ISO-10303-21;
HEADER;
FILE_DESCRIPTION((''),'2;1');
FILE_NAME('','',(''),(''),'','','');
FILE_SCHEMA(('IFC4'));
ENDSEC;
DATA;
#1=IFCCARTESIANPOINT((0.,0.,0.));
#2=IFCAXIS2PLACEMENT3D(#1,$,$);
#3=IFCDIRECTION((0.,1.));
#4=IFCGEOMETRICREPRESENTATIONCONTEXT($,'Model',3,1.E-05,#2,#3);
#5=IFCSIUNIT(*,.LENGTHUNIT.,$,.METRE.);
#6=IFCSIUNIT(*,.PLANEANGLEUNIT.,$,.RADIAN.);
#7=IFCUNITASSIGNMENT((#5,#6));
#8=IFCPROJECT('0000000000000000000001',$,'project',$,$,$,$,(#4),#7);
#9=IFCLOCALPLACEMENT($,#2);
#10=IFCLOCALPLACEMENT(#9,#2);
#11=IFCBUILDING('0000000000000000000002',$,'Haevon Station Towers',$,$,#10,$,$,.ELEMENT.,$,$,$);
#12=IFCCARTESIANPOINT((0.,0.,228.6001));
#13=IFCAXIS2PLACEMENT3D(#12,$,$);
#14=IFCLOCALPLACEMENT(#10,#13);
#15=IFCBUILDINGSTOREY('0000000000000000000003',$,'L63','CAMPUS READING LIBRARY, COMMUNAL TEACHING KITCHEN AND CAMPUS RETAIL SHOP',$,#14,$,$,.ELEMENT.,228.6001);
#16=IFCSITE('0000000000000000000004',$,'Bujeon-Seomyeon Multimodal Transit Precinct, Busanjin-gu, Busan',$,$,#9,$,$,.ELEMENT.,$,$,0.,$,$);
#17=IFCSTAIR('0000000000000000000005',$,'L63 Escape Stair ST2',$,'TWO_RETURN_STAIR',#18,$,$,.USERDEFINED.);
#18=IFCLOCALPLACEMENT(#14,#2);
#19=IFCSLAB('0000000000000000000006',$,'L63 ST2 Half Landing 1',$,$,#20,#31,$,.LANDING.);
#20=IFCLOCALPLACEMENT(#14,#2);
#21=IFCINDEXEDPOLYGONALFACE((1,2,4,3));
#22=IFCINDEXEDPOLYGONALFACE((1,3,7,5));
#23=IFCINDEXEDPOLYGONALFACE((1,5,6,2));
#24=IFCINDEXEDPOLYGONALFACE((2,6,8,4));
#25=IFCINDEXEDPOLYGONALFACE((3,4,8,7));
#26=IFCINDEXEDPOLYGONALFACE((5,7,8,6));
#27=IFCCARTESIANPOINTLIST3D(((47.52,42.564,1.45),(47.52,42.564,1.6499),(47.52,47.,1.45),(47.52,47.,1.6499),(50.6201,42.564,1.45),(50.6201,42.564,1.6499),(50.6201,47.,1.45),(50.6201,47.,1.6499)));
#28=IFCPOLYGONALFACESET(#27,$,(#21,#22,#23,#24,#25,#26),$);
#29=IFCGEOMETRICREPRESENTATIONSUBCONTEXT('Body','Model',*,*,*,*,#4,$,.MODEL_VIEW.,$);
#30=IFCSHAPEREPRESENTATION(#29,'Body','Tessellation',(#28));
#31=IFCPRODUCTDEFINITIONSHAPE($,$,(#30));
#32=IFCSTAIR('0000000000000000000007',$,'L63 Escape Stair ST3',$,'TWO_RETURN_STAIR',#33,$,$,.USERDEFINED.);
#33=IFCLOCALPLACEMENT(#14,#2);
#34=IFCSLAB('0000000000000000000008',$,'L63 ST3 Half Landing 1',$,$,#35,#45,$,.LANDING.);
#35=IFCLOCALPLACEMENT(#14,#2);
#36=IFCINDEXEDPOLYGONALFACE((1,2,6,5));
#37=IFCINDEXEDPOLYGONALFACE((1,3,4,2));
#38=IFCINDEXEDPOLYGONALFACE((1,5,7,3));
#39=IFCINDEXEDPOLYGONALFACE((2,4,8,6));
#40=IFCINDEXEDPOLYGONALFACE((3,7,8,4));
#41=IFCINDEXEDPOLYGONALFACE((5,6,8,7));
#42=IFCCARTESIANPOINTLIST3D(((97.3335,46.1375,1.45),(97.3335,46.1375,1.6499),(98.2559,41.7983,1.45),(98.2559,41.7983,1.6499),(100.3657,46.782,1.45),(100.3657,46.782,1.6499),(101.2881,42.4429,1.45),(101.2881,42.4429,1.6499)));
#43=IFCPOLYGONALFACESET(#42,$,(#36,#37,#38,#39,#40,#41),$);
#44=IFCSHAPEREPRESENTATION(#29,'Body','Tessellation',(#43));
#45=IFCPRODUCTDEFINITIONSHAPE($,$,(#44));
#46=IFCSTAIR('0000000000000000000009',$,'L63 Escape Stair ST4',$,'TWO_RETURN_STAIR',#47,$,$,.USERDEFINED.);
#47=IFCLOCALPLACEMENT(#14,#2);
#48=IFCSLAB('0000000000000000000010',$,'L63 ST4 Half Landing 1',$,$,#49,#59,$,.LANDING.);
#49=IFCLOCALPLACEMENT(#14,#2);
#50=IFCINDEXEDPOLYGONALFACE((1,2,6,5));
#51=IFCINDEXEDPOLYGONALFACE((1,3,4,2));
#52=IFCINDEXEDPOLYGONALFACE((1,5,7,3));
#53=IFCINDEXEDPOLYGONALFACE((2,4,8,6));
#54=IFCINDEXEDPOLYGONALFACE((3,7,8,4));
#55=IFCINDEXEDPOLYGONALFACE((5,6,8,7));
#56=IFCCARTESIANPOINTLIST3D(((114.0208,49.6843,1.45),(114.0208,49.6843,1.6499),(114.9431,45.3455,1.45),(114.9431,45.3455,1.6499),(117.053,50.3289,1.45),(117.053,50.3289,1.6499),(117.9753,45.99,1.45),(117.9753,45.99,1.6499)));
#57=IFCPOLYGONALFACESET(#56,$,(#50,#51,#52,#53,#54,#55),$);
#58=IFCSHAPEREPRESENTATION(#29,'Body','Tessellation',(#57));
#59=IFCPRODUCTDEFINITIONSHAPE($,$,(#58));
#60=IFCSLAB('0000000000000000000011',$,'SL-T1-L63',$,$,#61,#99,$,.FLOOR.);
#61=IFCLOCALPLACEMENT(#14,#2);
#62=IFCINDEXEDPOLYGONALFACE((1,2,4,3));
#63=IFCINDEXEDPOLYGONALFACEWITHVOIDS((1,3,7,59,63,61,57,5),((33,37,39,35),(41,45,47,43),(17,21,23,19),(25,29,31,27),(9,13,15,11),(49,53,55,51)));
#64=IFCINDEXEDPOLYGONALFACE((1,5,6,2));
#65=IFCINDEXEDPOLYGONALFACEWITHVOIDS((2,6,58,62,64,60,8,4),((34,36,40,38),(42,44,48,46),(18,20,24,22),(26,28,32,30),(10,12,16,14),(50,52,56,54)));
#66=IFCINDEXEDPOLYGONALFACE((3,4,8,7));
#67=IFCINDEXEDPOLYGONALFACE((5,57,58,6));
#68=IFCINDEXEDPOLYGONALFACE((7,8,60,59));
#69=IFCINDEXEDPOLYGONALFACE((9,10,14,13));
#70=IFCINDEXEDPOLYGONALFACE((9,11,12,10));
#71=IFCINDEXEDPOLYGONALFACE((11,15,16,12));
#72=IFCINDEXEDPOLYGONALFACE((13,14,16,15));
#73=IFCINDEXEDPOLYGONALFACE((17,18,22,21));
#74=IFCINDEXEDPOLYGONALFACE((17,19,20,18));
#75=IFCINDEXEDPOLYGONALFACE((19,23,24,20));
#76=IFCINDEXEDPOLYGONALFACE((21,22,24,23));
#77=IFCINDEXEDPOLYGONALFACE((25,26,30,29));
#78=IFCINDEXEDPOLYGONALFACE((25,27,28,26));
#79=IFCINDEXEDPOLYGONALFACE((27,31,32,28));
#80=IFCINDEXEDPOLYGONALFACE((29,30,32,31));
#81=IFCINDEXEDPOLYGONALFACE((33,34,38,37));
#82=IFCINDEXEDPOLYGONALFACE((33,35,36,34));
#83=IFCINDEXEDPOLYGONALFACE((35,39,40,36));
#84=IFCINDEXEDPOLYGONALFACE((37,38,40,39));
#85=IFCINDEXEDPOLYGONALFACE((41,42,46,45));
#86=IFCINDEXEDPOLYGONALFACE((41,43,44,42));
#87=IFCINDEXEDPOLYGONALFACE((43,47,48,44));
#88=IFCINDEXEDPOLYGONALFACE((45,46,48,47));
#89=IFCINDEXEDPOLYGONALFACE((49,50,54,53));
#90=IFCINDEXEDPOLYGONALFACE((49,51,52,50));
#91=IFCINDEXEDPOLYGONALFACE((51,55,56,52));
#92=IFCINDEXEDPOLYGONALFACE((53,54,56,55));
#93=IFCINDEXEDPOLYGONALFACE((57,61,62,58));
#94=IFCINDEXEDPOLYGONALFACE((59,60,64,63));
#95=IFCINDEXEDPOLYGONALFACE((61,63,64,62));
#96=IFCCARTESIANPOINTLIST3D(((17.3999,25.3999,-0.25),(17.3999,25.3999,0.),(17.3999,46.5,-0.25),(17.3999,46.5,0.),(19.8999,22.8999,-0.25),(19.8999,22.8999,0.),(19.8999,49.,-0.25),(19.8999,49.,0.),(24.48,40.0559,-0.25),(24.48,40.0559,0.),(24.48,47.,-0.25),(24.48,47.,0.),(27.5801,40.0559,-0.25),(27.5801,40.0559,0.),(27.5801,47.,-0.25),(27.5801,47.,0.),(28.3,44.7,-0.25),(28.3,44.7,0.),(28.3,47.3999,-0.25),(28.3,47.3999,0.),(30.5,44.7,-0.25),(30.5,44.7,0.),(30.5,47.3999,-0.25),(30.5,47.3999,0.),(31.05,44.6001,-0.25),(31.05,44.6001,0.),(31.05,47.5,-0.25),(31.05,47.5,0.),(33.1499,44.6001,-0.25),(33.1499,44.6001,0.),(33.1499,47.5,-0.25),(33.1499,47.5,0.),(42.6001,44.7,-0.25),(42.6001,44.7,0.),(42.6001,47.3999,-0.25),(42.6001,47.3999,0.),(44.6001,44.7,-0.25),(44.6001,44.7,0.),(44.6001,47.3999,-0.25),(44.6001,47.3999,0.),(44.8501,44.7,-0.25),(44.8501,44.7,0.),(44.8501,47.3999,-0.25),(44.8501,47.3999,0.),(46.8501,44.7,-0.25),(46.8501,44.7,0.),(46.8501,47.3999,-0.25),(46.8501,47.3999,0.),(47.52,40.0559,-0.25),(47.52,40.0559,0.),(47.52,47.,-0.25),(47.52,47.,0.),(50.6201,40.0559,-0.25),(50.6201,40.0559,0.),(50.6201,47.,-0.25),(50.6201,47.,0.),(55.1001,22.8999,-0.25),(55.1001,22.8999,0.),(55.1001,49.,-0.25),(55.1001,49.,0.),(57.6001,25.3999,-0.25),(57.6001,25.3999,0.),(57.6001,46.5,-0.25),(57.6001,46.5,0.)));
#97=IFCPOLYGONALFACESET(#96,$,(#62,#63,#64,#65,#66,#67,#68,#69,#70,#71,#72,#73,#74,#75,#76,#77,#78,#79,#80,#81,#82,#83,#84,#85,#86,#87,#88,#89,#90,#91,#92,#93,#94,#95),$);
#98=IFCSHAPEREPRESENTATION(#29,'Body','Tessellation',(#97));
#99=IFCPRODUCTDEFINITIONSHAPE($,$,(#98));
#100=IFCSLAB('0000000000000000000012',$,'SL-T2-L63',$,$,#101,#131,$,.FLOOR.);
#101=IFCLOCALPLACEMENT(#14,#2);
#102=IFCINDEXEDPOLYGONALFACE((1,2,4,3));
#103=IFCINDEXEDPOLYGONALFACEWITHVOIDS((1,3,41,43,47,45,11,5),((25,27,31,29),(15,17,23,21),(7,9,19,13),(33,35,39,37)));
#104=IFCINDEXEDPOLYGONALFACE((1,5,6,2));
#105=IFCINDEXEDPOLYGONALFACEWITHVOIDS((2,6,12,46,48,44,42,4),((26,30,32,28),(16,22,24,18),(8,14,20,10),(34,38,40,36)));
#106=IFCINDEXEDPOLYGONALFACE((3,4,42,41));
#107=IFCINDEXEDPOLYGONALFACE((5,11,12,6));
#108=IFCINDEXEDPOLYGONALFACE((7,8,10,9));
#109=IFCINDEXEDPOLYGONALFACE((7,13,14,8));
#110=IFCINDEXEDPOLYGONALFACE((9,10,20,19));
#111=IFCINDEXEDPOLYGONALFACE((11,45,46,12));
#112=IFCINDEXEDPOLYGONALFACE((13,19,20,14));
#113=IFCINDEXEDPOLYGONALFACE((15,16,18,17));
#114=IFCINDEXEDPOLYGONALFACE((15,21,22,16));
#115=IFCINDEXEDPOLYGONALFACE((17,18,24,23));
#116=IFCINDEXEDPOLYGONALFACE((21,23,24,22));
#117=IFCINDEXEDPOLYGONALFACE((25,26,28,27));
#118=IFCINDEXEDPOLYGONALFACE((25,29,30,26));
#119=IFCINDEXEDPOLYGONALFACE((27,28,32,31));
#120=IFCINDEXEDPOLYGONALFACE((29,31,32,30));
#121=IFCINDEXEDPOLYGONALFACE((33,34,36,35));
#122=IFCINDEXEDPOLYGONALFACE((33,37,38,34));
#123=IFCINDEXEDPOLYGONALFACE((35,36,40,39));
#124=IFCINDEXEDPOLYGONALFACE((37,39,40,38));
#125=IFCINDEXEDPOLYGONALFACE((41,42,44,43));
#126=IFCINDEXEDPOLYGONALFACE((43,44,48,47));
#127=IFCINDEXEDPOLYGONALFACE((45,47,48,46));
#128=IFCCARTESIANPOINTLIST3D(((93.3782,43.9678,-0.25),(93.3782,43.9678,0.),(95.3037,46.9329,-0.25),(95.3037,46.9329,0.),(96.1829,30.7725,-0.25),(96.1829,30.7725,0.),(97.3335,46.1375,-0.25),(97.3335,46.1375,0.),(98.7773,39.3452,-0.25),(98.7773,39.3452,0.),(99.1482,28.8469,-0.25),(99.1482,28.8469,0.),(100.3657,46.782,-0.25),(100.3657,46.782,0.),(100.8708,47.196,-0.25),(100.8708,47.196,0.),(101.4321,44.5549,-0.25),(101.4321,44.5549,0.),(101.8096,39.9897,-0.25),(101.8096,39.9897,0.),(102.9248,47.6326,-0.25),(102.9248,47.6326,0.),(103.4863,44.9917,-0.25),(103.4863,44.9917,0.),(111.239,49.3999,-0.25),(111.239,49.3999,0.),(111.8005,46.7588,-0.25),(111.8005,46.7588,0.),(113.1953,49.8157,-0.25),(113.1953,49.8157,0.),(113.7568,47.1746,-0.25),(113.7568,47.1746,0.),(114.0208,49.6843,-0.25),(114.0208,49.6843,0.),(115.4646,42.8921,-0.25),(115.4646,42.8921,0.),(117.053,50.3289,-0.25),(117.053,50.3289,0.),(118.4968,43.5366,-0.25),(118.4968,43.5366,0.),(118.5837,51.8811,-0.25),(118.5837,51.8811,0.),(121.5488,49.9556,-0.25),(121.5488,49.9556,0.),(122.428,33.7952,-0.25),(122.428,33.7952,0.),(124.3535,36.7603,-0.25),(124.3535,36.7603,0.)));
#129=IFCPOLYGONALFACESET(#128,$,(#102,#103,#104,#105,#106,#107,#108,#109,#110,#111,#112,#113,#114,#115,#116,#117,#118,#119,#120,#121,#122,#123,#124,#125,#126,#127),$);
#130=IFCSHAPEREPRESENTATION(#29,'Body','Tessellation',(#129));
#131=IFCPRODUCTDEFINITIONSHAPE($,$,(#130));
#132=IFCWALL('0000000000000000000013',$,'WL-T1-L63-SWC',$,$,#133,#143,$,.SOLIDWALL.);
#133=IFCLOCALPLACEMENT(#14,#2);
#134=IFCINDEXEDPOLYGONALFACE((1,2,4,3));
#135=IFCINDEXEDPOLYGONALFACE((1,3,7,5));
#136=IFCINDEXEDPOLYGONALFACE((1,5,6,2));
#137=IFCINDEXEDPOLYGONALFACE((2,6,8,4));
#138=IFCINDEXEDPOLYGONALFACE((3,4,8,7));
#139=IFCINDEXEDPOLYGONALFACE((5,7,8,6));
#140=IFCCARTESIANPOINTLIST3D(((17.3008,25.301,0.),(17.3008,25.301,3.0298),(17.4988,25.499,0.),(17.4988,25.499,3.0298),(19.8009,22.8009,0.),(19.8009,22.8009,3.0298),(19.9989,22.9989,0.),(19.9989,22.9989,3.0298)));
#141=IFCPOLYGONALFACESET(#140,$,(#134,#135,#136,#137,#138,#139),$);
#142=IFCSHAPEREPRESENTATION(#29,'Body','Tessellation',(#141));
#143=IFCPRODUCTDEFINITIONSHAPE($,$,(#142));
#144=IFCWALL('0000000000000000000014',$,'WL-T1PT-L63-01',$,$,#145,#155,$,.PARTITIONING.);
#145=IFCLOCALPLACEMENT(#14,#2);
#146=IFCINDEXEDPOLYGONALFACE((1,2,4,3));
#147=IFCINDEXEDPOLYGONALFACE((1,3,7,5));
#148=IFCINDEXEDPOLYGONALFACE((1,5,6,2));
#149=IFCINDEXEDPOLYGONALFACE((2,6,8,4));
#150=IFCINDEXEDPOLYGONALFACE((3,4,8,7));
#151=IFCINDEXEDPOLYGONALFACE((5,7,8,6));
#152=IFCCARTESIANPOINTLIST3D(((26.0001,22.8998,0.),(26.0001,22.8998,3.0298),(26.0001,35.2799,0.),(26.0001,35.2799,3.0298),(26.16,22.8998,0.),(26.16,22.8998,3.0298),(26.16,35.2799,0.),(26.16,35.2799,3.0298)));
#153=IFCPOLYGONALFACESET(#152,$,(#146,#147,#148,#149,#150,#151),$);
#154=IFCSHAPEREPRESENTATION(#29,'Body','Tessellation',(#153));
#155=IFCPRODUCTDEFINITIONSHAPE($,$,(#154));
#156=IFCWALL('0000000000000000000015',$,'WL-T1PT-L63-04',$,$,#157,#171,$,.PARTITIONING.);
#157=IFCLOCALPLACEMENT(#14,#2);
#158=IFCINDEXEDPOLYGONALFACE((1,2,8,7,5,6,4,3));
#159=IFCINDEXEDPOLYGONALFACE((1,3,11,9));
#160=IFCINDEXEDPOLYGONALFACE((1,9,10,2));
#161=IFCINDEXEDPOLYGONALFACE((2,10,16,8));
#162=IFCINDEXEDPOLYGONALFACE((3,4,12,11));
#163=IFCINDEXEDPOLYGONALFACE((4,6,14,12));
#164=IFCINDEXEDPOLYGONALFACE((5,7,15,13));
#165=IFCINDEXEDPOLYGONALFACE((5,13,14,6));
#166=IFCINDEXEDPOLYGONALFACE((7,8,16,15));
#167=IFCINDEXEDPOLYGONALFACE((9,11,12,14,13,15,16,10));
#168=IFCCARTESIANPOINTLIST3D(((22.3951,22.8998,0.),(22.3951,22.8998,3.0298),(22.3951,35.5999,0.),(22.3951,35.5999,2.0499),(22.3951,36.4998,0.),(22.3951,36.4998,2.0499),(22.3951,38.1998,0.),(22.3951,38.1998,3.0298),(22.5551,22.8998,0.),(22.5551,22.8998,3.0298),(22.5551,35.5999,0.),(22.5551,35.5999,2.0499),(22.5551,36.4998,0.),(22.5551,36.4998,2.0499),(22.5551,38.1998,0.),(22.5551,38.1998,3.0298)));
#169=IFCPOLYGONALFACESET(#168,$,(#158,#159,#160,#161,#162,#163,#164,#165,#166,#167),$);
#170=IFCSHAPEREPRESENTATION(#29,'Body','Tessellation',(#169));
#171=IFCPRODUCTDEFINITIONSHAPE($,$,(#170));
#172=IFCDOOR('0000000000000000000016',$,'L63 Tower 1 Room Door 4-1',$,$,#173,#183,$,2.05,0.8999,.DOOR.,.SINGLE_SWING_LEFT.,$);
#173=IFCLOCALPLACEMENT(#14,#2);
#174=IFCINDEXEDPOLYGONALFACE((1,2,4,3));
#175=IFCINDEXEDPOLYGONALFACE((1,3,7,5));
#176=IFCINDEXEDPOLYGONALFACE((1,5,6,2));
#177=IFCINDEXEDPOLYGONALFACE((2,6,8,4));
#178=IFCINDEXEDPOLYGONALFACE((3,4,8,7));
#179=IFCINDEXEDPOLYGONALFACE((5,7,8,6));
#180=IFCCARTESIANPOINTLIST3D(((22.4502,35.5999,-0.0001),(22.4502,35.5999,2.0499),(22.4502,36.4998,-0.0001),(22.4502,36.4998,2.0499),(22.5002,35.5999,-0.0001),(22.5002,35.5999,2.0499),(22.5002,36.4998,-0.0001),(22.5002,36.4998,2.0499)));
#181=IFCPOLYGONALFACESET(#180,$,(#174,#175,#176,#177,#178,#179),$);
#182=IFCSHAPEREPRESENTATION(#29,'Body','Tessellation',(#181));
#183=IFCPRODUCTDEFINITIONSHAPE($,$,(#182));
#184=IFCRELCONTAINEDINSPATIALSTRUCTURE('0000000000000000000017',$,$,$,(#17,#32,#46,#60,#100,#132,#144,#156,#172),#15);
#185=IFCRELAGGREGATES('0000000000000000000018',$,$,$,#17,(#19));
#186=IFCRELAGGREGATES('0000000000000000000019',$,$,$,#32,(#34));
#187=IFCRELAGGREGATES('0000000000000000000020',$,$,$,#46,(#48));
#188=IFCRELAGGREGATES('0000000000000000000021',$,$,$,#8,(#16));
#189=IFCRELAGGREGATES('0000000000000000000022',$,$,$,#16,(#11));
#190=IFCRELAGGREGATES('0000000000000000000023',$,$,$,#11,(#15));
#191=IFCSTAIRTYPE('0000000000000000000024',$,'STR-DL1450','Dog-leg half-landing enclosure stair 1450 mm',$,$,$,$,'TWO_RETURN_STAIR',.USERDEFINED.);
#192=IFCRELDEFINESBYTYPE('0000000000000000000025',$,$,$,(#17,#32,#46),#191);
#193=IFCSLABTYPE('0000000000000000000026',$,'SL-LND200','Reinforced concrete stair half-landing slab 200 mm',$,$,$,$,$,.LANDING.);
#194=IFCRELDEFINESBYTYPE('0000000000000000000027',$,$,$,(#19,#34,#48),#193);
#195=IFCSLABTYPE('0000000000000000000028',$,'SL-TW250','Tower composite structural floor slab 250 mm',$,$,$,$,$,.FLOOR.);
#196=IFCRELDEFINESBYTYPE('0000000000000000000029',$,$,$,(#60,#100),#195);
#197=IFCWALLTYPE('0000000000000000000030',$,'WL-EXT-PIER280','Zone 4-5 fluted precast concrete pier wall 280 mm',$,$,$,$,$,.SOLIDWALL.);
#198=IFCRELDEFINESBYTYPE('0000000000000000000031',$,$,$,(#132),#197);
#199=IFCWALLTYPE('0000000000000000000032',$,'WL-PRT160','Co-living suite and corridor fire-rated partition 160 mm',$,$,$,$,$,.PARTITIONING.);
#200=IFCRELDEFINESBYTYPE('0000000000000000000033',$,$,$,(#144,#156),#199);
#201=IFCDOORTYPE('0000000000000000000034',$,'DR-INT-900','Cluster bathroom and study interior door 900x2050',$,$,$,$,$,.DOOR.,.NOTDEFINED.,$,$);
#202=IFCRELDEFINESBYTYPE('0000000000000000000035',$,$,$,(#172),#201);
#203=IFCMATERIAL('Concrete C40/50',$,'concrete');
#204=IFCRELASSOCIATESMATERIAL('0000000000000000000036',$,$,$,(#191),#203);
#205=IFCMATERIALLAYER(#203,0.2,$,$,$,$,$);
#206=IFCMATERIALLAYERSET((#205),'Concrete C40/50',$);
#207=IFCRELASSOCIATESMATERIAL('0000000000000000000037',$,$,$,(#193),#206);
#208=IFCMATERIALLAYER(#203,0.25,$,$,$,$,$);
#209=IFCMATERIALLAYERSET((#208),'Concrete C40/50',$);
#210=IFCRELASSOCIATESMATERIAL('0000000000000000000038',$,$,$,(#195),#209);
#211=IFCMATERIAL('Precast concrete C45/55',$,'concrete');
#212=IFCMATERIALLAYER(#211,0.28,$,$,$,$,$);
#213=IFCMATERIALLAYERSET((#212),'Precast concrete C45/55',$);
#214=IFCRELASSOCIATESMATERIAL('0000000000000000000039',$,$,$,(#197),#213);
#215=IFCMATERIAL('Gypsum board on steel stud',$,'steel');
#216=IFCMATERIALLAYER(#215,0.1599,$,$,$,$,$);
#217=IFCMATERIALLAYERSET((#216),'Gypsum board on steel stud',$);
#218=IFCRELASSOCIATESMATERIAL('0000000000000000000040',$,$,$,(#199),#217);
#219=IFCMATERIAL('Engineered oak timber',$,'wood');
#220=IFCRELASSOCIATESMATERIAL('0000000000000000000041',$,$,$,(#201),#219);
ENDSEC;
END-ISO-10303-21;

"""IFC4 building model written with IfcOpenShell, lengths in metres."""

from ifc_helpers import new_model, si_unit, direction, frame, frame_2d, origin, place, context, subcontext, project, spatial, polyline, rectangle, outline, extrude, material, layer, layer_set, type_object, element, fill, aggregate, save


model = new_model("IFC4")

# Units and contexts
model_context = context("Model", 3, precision=1e-05, world=origin(), true_north=direction((0.0, 1.0)))
body_context = subcontext(model_context, "Body", "Model", "MODEL_VIEW")
ifc_project = project(units=[si_unit("LENGTHUNIT", "METRE"), si_unit("PLANEANGLEUNIT", "RADIAN")], contexts=[model_context])

# Site, building, storey
site_placement = place(None, origin())
site = spatial("IfcSite", under=ifc_project, at=site_placement, Name="Bujeon-Seomyeon Multimodal Transit Precinct, Busanjin-gu, Busan", CompositionType="ELEMENT", RefElevation=0.0)
building_placement = place(site_placement, origin())
building = spatial("IfcBuilding", under=site, at=building_placement, Name="Haevon Station Towers", CompositionType="ELEMENT")
storey_placement = place(building_placement, frame((0.0, 0.0, 228.6001)))
storey = spatial("IfcBuildingStorey", under=building, at=storey_placement, Name="L63", Description="CAMPUS READING LIBRARY, COMMUNAL TEACHING KITCHEN AND CAMPUS RETAIL SHOP", CompositionType="ELEMENT", Elevation=228.6001)

# Shared definitions
ifc_material_1 = material(Name="Concrete C40/50", Category="concrete")

# Stairs, slabs
stair_type = type_object("IfcStairType", Name="STR-DL1450", Description="Dog-leg half-landing enclosure stair 1450 mm", ElementType="TWO_RETURN_STAIR", PredefinedType="USERDEFINED", material=ifc_material_1)
ifc_layer_1 = layer(ifc_material_1, 0.2)
ifc_layer_set_1 = layer_set([ifc_layer_1], Name="Concrete C40/50")
slab_type_1 = type_object("IfcSlabType", Name="SL-LND200", Description="Reinforced concrete stair half-landing slab 200 mm", PredefinedType="LANDING", material=ifc_layer_set_1)
stair_1_placement = place(storey_placement, origin())
stair_1 = element("IfcStair", 1, at=stair_1_placement, inside=storey, type_object=stair_type, Name="L63 Escape Stair ST2", ObjectType="TWO_RETURN_STAIR", PredefinedType="USERDEFINED")
slab_1_placement = place(storey_placement, frame((0.0, 0.0, 1.45)))
slab_1 = element("IfcSlab", 2, at=slab_1_placement, type_object=slab_type_1, Name="L63 ST2 Half Landing 1", PredefinedType="LANDING", context=body_context, shape_type="SweptSolid", body=[
    extrude(outline(polyline([(50.6201, 42.564), (50.6201, 47.0), (47.52, 47.0), (47.52, 42.564), (50.6201, 42.564)])), origin(), (0.0, 0.0, 1.0), 0.2),
])
aggregate(stair_1, [slab_1])
stair_2_placement = place(storey_placement, origin())
stair_2 = element("IfcStair", 3, at=stair_2_placement, inside=storey, type_object=stair_type, Name="L63 Escape Stair ST3", ObjectType="TWO_RETURN_STAIR", PredefinedType="USERDEFINED")
slab_2_placement = place(storey_placement, frame((0.0, 0.0, 1.45)))
slab_2 = element("IfcSlab", 4, at=slab_2_placement, type_object=slab_type_1, Name="L63 ST3 Half Landing 1", PredefinedType="LANDING", context=body_context, shape_type="SweptSolid", body=[
    extrude(outline(polyline([(101.2881, 42.4429), (100.3657, 46.782), (97.3335, 46.1375), (98.2559, 41.7983), (101.2881, 42.4429)])), origin(), (0.0, 0.0, 1.0), 0.2),
])
aggregate(stair_2, [slab_2])
stair_3_placement = place(storey_placement, origin())
stair_3 = element("IfcStair", 5, at=stair_3_placement, inside=storey, type_object=stair_type, Name="L63 Escape Stair ST4", ObjectType="TWO_RETURN_STAIR", PredefinedType="USERDEFINED")
slab_3_placement = place(storey_placement, frame((0.0, 0.0, 1.45)))
slab_3 = element("IfcSlab", 6, at=slab_3_placement, type_object=slab_type_1, Name="L63 ST4 Half Landing 1", PredefinedType="LANDING", context=body_context, shape_type="SweptSolid", body=[
    extrude(outline(polyline([(117.9753, 45.99), (117.053, 50.3289), (114.0208, 49.6843), (114.9431, 45.3455), (117.9753, 45.99)])), origin(), (0.0, 0.0, 1.0), 0.2),
])
aggregate(stair_3, [slab_3])

# Slabs
ifc_layer_2 = layer(ifc_material_1, 0.25)
ifc_layer_set_2 = layer_set([ifc_layer_2], Name="Concrete C40/50")
slab_type_2 = type_object("IfcSlabType", Name="SL-TW250", Description="Tower composite structural floor slab 250 mm", PredefinedType="FLOOR", material=ifc_layer_set_2)
slab_4_placement = place(storey_placement, frame((0.0, 0.0, -0.25)))
element("IfcSlab", 7, at=slab_4_placement, inside=storey, type_object=slab_type_2, Name="SL-T1-L63", PredefinedType="FLOOR", context=body_context, shape_type="SweptSolid", body=[
    extrude(outline(polyline([(19.8999, 22.8999), (55.1001, 22.8999), (57.6001, 25.3999), (57.6001, 46.5), (55.1001, 49.0), (19.8999, 49.0), (17.3999, 46.5), (17.3999, 25.3999), (19.8999, 22.8999)]), holes=[polyline([(27.5801, 40.0559), (27.5801, 47.0), (24.48, 47.0), (24.48, 40.0559), (27.5801, 40.0559)]), polyline([(50.6201, 40.0559), (50.6201, 47.0), (47.52, 47.0), (47.52, 40.0559), (50.6201, 40.0559)]), polyline([(28.3, 44.7), (30.5, 44.7), (30.5, 47.3999), (28.3, 47.3999), (28.3, 44.7)]), polyline([(31.05, 44.6001), (33.1499, 44.6001), (33.1499, 47.5), (31.05, 47.5), (31.05, 44.6001)]), polyline([(42.6001, 44.7), (44.6001, 44.7), (44.6001, 47.3999), (42.6001, 47.3999), (42.6001, 44.7)]), polyline([(44.8501, 44.7), (46.8501, 44.7), (46.8501, 47.3999), (44.8501, 47.3999), (44.8501, 44.7)])]), origin(), (0.0, 0.0, 1.0), 0.25),
])
slab_5_placement = place(storey_placement, frame((0.0, 0.0, -0.25)))
element("IfcSlab", 8, at=slab_5_placement, inside=storey, type_object=slab_type_2, Name="SL-T2-L63", PredefinedType="FLOOR", context=body_context, shape_type="SweptSolid", body=[
    extrude(outline(polyline([(99.1482, 28.8469), (122.428, 33.7952), (124.3535, 36.7603), (121.5488, 49.9556), (118.5837, 51.8811), (95.3037, 46.9329), (93.3782, 43.9678), (96.1829, 30.7725), (99.1482, 28.8469)]), holes=[polyline([(101.8096, 39.9897), (100.3657, 46.782), (97.3335, 46.1375), (98.7773, 39.3452), (101.8096, 39.9897)]), polyline([(118.4968, 43.5366), (117.053, 50.3289), (114.0208, 49.6843), (115.4646, 42.8921), (118.4968, 43.5366)]), polyline([(101.4321, 44.5549), (103.4863, 44.9917), (102.9248, 47.6326), (100.8708, 47.196), (101.4321, 44.5549)]), polyline([(111.8005, 46.7588), (113.7568, 47.1746), (113.1953, 49.8157), (111.239, 49.3999), (111.8005, 46.7588)])]), origin(), (0.0, 0.0, 1.0), 0.25),
])

# Walls
ifc_material_2 = material(Name="Precast concrete C45/55", Category="concrete")
ifc_layer_3 = layer(ifc_material_2, 0.28)
ifc_layer_set_3 = layer_set([ifc_layer_3], Name="Precast concrete C45/55")
wall_type_1 = type_object("IfcWallType", Name="WL-EXT-PIER280", Description="Zone 4-5 fluted precast concrete pier wall 280 mm", PredefinedType="SOLIDWALL", material=ifc_layer_set_3)
wall_1_placement = place(storey_placement, frame((19.8999, 22.8999, 0.0), z_axis=(0.0, 0.0, 1.0), x_axis=(-0.707107, 0.707107, 0.0)))
element("IfcWall", 9, at=wall_1_placement, inside=storey, type_object=wall_type_1, Name="WL-T1-L63-SWC", PredefinedType="SOLIDWALL", context=body_context, shape_type="SweptSolid", body=[
    extrude(rectangle(XDim=3.5356, YDim=0.28, at=frame_2d((1.7678, 0.0))), origin(), (0.0, 0.0, 1.0), 3.0298),
])
ifc_material_3 = material(Name="Gypsum board on steel stud", Category="steel")
ifc_layer_4 = layer(ifc_material_3, 0.1599)
ifc_layer_set_4 = layer_set([ifc_layer_4], Name="Gypsum board on steel stud")
wall_type_2 = type_object("IfcWallType", Name="WL-PRT160", Description="Co-living suite and corridor fire-rated partition 160 mm", PredefinedType="PARTITIONING", material=ifc_layer_set_4)
wall_2_placement = place(storey_placement, frame((26.0801, 22.8999, 0.0), z_axis=(0.0, 0.0, 1.0), x_axis=(0.0, 1.0, 0.0)))
element("IfcWall", 10, at=wall_2_placement, inside=storey, type_object=wall_type_2, Name="WL-T1PT-L63-01", PredefinedType="PARTITIONING", context=body_context, shape_type="SweptSolid", body=[
    extrude(rectangle(XDim=12.3801, YDim=0.1599, at=frame_2d((6.1899, 0.0))), origin(), (0.0, 0.0, 1.0), 3.0298),
])

# Wall, opening, door
wall_3_placement = place(storey_placement, frame((22.4751, 22.8999, 0.0), z_axis=(0.0, 0.0, 1.0), x_axis=(0.0, 1.0, 0.0)))
wall_3 = element("IfcWall", 11, at=wall_3_placement, inside=storey, type_object=wall_type_2, Name="WL-T1PT-L63-04", PredefinedType="PARTITIONING", context=body_context, shape_type="SweptSolid", body=[
    extrude(rectangle(XDim=15.3, YDim=0.1599, at=frame_2d((7.6499, 0.0))), origin(), (0.0, 0.0, 1.0), 3.0298),
])
opening_placement = place(wall_3_placement, frame((12.7, 0.0, 0.0)))
opening = element("IfcOpeningElement", 12, at=opening_placement, cuts=wall_3, PredefinedType="OPENING", context=body_context, shape_type="SweptSolid", body=[
    extrude(rectangle(XDim=0.8999, YDim=2.05, at=frame_2d((0.45, 1.0249))), frame((0.0, 0.0898, 0.0), z_axis=(0.0, -1.0, 0.0), x_axis=(1.0, 0.0, 0.0)), (0.0, 0.0, 1.0), 0.1799),
])
ifc_material_4 = material(Name="Engineered oak timber", Category="wood")
door_type = type_object("IfcDoorType", Name="DR-INT-900", Description="Cluster bathroom and study interior door 900x2050", OperationType="NOTDEFINED", PredefinedType="DOOR", material=ifc_material_4)
door_placement = place(opening_placement, origin())
door = element("IfcDoor", 13, at=door_placement, inside=storey, type_object=door_type, Name="L63 Tower 1 Room Door 4-1", OperationType="SINGLE_SWING_LEFT", OverallHeight=2.05, OverallWidth=0.8999, PredefinedType="DOOR", context=body_context, shape_type="SweptSolid", body=[
    extrude(rectangle(XDim=0.8999, YDim=2.05, at=frame_2d((0.45, 1.0249))), frame((0.0, 0.0249, 0.0), z_axis=(0.0, -1.0, 0.0), x_axis=(1.0, 0.0, 0.0)), (0.0, 0.0, 1.0), 0.05),
])
fill(opening, door)

save(model, "model.ifc")
